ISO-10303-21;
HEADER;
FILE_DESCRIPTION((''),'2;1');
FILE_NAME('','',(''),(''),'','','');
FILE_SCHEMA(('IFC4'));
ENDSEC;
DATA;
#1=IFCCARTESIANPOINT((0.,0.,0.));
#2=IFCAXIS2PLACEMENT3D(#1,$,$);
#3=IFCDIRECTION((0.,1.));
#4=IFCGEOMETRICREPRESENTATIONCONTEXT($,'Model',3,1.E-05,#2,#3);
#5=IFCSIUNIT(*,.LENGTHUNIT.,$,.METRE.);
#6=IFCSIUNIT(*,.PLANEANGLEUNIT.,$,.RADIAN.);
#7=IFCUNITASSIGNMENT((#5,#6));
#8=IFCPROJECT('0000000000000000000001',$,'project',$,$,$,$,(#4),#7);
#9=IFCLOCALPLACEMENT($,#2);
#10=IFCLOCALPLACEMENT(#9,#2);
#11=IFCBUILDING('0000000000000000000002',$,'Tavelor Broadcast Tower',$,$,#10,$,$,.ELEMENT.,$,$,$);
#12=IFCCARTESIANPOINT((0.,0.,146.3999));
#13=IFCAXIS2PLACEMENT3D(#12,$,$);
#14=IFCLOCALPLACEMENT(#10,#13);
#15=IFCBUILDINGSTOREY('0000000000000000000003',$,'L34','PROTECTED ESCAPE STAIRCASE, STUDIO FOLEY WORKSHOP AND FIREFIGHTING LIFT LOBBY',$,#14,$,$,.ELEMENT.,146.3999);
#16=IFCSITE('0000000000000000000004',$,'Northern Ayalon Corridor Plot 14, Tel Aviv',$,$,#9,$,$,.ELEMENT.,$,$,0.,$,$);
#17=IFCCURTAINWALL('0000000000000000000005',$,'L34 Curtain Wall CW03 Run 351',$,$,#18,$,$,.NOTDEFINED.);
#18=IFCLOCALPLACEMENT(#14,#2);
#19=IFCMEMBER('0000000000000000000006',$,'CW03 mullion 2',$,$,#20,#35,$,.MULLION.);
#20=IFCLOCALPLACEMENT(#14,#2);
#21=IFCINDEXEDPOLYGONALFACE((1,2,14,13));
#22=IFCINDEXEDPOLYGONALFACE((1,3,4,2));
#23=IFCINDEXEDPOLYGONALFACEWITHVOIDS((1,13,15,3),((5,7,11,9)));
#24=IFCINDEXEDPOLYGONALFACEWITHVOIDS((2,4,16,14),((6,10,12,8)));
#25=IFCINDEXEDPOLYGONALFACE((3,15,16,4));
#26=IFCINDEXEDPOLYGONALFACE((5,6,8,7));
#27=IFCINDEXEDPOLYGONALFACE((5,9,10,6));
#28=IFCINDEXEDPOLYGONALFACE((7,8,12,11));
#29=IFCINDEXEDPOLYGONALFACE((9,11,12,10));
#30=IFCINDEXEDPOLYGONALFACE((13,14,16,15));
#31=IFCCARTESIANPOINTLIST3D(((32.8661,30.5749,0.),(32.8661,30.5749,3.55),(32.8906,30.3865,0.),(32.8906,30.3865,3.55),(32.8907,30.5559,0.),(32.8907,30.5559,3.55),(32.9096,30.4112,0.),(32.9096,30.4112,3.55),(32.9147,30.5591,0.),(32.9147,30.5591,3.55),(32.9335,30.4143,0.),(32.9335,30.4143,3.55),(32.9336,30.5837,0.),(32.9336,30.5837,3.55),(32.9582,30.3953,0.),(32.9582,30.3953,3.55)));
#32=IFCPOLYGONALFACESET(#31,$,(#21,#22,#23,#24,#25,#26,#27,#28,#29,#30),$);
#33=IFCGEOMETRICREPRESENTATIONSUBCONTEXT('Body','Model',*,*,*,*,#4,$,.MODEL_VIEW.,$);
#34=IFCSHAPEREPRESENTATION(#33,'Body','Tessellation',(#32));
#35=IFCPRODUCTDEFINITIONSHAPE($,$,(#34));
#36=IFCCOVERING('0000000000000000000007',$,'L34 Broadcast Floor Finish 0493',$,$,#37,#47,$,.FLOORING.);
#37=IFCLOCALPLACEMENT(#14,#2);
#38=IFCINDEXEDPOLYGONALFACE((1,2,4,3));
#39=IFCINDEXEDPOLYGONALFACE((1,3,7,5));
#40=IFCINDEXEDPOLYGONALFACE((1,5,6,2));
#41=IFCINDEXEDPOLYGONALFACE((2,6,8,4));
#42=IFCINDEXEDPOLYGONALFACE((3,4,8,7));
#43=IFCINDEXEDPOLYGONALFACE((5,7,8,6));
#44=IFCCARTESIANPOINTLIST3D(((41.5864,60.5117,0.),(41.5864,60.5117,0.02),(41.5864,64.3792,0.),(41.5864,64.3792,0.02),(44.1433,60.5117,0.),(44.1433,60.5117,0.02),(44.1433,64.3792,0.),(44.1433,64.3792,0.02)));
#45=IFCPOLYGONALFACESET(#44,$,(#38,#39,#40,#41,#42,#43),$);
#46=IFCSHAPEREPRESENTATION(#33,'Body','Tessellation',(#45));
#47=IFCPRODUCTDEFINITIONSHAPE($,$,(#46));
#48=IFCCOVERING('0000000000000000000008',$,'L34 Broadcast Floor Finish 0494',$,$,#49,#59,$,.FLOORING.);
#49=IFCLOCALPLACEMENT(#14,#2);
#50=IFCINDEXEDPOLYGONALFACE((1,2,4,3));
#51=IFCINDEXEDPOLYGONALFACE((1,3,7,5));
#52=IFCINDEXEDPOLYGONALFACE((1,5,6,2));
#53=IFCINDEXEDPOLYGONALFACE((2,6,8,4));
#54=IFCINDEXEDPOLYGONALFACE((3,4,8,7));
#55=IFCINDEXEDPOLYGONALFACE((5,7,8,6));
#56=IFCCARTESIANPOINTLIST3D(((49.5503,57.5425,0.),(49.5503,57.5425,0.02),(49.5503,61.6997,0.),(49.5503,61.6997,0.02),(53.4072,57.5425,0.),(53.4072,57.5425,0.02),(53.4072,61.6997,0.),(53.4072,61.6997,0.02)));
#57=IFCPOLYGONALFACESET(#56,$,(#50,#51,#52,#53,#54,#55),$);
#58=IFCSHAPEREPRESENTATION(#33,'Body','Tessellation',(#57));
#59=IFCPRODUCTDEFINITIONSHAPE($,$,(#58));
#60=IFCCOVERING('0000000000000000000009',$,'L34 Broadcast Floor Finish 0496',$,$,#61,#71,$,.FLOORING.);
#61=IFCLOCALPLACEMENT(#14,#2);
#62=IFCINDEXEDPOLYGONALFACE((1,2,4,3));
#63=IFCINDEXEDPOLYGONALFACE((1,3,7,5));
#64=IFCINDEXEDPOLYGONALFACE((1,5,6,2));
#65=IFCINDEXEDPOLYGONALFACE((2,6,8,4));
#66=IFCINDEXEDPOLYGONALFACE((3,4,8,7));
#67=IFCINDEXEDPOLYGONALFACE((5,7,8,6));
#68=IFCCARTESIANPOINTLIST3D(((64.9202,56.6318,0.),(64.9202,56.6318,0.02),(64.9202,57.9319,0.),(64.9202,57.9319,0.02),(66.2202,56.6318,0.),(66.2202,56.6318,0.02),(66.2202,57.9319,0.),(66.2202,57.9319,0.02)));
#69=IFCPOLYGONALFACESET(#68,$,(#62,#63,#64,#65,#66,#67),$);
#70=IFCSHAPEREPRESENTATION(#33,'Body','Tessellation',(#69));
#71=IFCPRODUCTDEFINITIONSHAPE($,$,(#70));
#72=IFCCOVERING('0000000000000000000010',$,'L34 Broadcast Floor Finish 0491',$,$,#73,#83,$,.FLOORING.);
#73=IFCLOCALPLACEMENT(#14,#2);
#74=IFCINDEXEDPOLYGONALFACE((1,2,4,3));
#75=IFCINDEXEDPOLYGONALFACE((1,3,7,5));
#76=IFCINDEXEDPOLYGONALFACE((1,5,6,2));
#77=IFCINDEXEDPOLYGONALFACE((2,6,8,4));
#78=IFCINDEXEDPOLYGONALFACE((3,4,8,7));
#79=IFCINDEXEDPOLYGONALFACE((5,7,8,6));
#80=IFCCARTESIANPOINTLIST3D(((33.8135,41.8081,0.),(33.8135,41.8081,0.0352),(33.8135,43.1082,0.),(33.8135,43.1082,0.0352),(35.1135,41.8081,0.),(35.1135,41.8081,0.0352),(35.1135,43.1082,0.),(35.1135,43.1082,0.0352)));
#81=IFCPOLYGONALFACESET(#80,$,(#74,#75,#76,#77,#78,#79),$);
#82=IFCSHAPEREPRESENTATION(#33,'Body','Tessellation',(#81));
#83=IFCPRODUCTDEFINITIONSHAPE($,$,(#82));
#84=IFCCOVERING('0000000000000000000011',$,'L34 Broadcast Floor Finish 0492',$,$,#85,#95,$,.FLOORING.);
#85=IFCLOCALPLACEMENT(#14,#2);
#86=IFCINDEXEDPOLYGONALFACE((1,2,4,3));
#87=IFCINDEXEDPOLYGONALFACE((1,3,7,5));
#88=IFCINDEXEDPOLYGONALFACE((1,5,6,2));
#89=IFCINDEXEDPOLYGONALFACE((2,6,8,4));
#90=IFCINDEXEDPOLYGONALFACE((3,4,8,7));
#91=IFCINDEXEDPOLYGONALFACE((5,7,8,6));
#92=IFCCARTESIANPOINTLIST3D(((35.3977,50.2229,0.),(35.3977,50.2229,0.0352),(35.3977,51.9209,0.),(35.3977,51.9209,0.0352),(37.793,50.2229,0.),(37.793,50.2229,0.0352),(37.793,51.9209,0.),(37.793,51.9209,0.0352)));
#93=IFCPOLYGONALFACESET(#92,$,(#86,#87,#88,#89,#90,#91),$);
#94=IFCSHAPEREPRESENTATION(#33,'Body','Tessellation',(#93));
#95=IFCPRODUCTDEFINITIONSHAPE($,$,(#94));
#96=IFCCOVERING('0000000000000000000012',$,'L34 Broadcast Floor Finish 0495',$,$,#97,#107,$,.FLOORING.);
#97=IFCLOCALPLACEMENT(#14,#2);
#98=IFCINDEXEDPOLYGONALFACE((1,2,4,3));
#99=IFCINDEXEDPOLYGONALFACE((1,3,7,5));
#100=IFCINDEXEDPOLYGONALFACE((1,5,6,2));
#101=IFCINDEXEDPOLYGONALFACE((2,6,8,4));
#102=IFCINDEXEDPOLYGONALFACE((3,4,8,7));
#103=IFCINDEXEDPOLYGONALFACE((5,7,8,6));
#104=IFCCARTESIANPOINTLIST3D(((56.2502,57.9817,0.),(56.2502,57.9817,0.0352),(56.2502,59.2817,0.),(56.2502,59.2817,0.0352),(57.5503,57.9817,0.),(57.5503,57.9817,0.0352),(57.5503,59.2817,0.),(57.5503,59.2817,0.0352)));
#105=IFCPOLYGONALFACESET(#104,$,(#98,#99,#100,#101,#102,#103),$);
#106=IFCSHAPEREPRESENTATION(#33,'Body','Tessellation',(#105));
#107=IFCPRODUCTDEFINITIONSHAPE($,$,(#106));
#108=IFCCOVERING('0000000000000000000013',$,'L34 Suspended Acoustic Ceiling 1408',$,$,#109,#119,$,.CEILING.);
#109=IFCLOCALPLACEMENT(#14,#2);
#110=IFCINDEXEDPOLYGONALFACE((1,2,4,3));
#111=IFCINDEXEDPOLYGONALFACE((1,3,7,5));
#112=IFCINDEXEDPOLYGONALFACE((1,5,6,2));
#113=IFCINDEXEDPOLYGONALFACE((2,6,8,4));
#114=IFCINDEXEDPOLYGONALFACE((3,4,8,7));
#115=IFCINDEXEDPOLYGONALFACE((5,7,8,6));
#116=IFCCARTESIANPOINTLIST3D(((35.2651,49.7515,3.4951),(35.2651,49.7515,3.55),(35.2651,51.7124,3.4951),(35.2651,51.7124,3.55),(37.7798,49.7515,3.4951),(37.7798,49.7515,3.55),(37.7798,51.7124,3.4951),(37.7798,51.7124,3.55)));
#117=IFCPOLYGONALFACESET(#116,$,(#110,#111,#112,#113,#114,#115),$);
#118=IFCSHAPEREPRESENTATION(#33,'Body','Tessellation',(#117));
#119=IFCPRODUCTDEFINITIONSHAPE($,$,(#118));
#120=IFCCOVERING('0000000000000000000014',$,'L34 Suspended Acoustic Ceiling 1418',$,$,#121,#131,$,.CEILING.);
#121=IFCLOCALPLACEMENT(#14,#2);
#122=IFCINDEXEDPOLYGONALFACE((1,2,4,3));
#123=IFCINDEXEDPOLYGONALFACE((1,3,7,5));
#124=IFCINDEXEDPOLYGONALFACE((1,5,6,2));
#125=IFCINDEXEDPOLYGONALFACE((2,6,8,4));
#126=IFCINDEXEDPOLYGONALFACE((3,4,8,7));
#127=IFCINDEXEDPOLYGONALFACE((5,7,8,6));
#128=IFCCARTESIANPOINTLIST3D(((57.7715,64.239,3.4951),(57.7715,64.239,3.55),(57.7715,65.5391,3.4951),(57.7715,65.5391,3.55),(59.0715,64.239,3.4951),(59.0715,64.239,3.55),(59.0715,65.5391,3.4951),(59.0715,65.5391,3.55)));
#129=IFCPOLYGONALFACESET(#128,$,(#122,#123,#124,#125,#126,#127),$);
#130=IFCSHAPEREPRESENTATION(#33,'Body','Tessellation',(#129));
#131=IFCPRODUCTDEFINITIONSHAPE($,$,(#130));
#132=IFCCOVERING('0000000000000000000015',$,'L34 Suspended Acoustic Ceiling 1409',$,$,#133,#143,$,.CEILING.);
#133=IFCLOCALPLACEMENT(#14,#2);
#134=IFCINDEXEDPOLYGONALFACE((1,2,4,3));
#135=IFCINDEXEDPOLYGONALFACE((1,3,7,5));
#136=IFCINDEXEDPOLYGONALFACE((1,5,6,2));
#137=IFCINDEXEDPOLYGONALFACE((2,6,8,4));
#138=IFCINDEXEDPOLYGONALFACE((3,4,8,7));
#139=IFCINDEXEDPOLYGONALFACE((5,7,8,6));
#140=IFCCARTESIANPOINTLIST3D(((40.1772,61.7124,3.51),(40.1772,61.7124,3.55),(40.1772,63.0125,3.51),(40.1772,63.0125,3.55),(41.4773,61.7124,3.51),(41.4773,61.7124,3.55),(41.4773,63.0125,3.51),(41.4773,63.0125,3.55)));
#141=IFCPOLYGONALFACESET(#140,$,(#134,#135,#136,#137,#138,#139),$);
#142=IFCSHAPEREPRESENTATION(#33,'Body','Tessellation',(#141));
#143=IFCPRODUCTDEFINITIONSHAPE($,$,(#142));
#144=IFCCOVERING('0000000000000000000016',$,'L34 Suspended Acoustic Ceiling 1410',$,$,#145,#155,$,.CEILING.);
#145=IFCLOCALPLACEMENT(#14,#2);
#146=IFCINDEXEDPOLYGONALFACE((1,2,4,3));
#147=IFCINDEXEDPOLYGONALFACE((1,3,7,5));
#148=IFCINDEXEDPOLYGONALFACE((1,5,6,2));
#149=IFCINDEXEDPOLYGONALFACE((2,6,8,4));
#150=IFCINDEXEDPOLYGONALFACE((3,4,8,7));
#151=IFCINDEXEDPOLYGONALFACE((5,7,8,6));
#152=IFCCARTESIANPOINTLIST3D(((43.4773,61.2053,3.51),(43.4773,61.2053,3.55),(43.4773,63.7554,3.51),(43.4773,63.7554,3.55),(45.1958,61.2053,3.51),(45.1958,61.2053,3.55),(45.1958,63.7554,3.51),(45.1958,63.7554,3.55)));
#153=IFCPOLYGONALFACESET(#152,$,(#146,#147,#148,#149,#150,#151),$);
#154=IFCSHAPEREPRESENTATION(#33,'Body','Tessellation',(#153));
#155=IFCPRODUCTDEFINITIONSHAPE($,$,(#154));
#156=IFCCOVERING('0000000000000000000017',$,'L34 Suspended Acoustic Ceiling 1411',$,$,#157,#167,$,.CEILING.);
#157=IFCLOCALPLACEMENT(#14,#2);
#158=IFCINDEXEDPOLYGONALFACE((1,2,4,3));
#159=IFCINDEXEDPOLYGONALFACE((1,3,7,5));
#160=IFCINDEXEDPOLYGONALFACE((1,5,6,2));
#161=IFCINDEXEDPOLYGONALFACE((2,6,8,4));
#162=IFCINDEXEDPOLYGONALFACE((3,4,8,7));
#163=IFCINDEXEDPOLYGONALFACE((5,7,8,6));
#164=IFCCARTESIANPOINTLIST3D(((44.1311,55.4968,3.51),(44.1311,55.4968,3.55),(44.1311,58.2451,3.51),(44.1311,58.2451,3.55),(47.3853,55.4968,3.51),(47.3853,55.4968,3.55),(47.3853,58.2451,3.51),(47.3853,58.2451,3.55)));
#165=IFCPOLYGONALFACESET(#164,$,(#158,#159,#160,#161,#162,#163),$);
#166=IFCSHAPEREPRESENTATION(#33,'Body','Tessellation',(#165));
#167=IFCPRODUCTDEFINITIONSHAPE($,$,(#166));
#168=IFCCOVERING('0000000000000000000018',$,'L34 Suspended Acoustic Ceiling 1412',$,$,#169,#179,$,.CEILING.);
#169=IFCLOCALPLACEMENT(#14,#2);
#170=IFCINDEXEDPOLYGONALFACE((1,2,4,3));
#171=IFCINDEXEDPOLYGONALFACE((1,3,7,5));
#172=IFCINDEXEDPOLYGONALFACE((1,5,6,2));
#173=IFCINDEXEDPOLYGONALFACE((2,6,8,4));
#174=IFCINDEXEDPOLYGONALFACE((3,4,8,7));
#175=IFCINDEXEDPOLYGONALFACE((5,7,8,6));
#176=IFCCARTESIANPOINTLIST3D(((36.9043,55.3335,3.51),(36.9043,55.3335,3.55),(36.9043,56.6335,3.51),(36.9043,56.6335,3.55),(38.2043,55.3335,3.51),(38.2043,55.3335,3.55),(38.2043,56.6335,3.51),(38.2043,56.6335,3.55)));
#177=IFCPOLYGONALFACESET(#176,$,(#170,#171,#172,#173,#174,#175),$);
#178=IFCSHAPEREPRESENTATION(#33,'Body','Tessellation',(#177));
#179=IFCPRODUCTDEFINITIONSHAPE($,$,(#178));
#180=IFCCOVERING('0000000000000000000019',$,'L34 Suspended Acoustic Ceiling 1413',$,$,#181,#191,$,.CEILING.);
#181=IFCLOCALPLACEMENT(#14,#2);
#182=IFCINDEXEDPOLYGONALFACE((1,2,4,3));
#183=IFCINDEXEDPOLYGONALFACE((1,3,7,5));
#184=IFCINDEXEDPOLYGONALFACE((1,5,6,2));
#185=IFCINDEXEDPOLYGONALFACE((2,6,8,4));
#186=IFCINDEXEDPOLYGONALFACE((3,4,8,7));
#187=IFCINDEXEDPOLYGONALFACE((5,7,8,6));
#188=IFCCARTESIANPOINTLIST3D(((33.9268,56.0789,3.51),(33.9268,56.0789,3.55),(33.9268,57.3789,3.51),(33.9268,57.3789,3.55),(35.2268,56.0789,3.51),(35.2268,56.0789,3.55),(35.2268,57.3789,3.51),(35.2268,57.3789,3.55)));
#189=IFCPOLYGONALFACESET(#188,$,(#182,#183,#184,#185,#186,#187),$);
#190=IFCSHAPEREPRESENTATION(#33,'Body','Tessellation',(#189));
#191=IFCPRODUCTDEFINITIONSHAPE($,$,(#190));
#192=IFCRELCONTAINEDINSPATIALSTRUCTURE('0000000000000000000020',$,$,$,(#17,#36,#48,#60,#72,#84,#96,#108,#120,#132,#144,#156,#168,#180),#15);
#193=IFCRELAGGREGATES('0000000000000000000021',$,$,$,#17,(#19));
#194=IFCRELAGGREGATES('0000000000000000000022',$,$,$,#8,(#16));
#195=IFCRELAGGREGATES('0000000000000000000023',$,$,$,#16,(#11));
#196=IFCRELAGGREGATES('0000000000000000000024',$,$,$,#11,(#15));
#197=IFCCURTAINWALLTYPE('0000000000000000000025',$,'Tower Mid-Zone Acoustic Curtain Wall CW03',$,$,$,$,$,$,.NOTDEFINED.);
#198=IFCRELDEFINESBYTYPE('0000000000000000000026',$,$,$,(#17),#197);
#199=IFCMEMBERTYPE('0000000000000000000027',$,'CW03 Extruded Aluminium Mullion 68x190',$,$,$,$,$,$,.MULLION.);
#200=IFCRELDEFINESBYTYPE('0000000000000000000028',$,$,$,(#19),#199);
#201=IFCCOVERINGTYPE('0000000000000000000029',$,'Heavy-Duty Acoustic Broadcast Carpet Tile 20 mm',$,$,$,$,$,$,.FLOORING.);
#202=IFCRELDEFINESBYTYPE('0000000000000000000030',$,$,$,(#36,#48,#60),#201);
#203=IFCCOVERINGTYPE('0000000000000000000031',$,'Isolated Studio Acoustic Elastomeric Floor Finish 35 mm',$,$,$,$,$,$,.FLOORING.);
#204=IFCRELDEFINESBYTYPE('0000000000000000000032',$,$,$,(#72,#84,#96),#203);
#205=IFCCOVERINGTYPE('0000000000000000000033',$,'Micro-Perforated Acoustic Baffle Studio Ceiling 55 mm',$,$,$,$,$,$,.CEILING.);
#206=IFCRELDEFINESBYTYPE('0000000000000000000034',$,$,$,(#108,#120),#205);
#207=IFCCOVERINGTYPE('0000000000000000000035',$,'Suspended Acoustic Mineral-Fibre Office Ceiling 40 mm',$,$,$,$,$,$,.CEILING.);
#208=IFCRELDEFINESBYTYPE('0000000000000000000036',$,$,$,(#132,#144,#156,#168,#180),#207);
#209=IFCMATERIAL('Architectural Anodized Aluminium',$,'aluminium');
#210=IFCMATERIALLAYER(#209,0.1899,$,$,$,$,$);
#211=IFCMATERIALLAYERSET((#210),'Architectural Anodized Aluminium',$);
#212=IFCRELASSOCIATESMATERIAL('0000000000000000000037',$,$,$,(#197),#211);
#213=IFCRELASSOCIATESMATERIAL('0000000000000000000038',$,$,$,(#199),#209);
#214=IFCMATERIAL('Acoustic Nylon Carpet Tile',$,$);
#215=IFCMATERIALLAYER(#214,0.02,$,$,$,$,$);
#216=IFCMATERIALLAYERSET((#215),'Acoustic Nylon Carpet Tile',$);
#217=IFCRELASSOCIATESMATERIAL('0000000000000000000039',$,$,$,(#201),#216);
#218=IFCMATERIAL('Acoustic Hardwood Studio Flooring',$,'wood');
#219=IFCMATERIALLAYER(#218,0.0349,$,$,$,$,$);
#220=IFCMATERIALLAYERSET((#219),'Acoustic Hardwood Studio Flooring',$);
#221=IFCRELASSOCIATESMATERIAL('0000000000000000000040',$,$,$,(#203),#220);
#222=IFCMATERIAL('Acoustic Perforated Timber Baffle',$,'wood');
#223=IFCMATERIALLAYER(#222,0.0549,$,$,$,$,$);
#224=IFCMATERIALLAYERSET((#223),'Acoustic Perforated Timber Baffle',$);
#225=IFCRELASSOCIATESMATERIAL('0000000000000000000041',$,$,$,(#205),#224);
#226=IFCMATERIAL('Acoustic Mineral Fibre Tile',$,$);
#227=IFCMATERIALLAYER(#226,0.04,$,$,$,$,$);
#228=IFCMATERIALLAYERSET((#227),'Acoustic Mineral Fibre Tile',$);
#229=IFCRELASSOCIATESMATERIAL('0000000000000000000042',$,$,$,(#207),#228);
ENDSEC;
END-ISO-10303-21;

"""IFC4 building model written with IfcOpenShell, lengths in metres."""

from ifc_helpers import new_model, si_unit, direction, frame, origin, origin_2d, place, context, subcontext, project, spatial, polyline, hollow_rectangle, outline, extrude, source, transform, mapped, material, layer, layer_set, material_profile, profile_set, type_object, type_shapes, element, aggregate, save


model = new_model("IFC4")

# Units and contexts
model_context = context("Model", 3, precision=1e-05, world=origin(), true_north=direction((0.0, 1.0)))
body_context = subcontext(model_context, "Body", "Model", "MODEL_VIEW")
ifc_project = project(units=[si_unit("LENGTHUNIT", "METRE"), si_unit("PLANEANGLEUNIT", "RADIAN")], contexts=[model_context])

# Site, building, storey
site_placement = place(None, origin())
site = spatial("IfcSite", under=ifc_project, at=site_placement, Name="Northern Ayalon Corridor Plot 14, Tel Aviv", CompositionType="ELEMENT", RefElevation=0.0)
building_placement = place(site_placement, origin())
building = spatial("IfcBuilding", under=site, at=building_placement, Name="Tavelor Broadcast Tower", CompositionType="ELEMENT")
storey_placement = place(building_placement, frame((0.0, 0.0, 146.3999)))
storey = spatial("IfcBuildingStorey", under=building, at=storey_placement, Name="L34", Description="PROTECTED ESCAPE STAIRCASE, STUDIO FOLEY WORKSHOP AND FIREFIGHTING LIFT LOBBY", CompositionType="ELEMENT", Elevation=146.3999)

# Curtain wall, member
ifc_material_1 = material(Name="Architectural Anodized Aluminium", Category="aluminium")
ifc_layer_1 = layer(ifc_material_1, 0.1899)
ifc_layer_set_1 = layer_set([ifc_layer_1], Name="Architectural Anodized Aluminium")
curtain_wall_type = type_object("IfcCurtainWallType", Name="Tower Mid-Zone Acoustic Curtain Wall CW03", PredefinedType="NOTDEFINED", material=ifc_layer_set_1)
curtain_wall_placement = place(storey_placement, origin())
curtain_wall = element("IfcCurtainWall", 1, at=curtain_wall_placement, inside=storey, type_object=curtain_wall_type, Name="L34 Curtain Wall CW03 Run 351", PredefinedType="NOTDEFINED")
ifc_material_profile = material_profile(ifc_material_1, hollow_rectangle(XDim=0.0681, YDim=0.1899, WallThickness=0.022, at=origin_2d()), Name="RHS 68x190x22")
ifc_profile_set = profile_set([ifc_material_profile], Name="Architectural Anodized Aluminium")
member_type = type_object("IfcMemberType", Name="CW03 Extruded Aluminium Mullion 68x190", PredefinedType="MULLION", material=ifc_profile_set)
shared_shape_1 = source(origin(), body_context, "Body", "SweptSolid", [
    extrude(hollow_rectangle(XDim=0.0681, YDim=0.1899, WallThickness=0.022, at=origin_2d()), origin(), (0.0, 0.0, 1.0), 3.55),
])
type_shapes(member_type, [shared_shape_1])
member_placement = place(storey_placement, frame((32.9121, 30.4851, 0.0), z_axis=(0.0, 0.0, 1.0), x_axis=(0.991614, 0.129236, 0.0)))
member = element("IfcMember", 2, at=member_placement, type_object=member_type, Name="CW03 mullion 2", PredefinedType="MULLION", context=body_context, shape_type="MappedRepresentation", body=[
    mapped(shared_shape_1, transform((0.0, 0.0, 0.0), scale=1.0)),
])
aggregate(curtain_wall, [member])

# Coverings
ifc_material_2 = material(Name="Acoustic Nylon Carpet Tile")
ifc_layer_2 = layer(ifc_material_2, 0.02)
ifc_layer_set_2 = layer_set([ifc_layer_2], Name="Acoustic Nylon Carpet Tile")
covering_type_1 = type_object("IfcCoveringType", Name="Heavy-Duty Acoustic Broadcast Carpet Tile 20 mm", PredefinedType="FLOORING", material=ifc_layer_set_2)
covering_1_placement = place(storey_placement, origin())
element("IfcCovering", 3, at=covering_1_placement, inside=storey, type_object=covering_type_1, Name="L34 Broadcast Floor Finish 0493", PredefinedType="FLOORING", context=body_context, shape_type="SweptSolid", body=[
    extrude(outline(polyline([(41.5864, 60.5117), (44.1433, 60.5117), (44.1433, 64.3792), (41.5864, 64.3792), (41.5864, 60.5117)])), origin(), (0.0, 0.0, 1.0), 0.02),
])
covering_2_placement = place(storey_placement, origin())
element("IfcCovering", 4, at=covering_2_placement, inside=storey, type_object=covering_type_1, Name="L34 Broadcast Floor Finish 0494", PredefinedType="FLOORING", context=body_context, shape_type="SweptSolid", body=[
    extrude(outline(polyline([(49.5503, 57.5425), (53.4072, 57.5425), (53.4072, 61.6997), (49.5503, 61.6997), (49.5503, 57.5425)])), origin(), (0.0, 0.0, 1.0), 0.02),
])
covering_3_placement = place(storey_placement, origin())
element("IfcCovering", 5, at=covering_3_placement, inside=storey, type_object=covering_type_1, Name="L34 Broadcast Floor Finish 0496", PredefinedType="FLOORING", context=body_context, shape_type="SweptSolid", body=[
    extrude(outline(polyline([(64.9202, 56.6318), (66.2202, 56.6318), (66.2202, 57.9319), (64.9202, 57.9319), (64.9202, 56.6318)])), origin(), (0.0, 0.0, 1.0), 0.02),
])
ifc_material_3 = material(Name="Acoustic Hardwood Studio Flooring", Category="wood")
ifc_layer_3 = layer(ifc_material_3, 0.0349)
ifc_layer_set_3 = layer_set([ifc_layer_3], Name="Acoustic Hardwood Studio Flooring")
covering_type_2 = type_object("IfcCoveringType", Name="Isolated Studio Acoustic Elastomeric Floor Finish 35 mm", PredefinedType="FLOORING", material=ifc_layer_set_3)
covering_4_placement = place(storey_placement, origin())
element("IfcCovering", 6, at=covering_4_placement, inside=storey, type_object=covering_type_2, Name="L34 Broadcast Floor Finish 0491", PredefinedType="FLOORING", context=body_context, shape_type="SweptSolid", body=[
    extrude(outline(polyline([(33.8135, 41.8081), (35.1135, 41.8081), (35.1135, 43.1082), (33.8135, 43.1082), (33.8135, 41.8081)])), origin(), (0.0, 0.0, 1.0), 0.0352),
])
covering_5_placement = place(storey_placement, origin())
element("IfcCovering", 7, at=covering_5_placement, inside=storey, type_object=covering_type_2, Name="L34 Broadcast Floor Finish 0492", PredefinedType="FLOORING", context=body_context, shape_type="SweptSolid", body=[
    extrude(outline(polyline([(35.3977, 50.2229), (37.793, 50.2229), (37.793, 51.9209), (35.3977, 51.9209), (35.3977, 50.2229)])), origin(), (0.0, 0.0, 1.0), 0.0352),
])
covering_6_placement = place(storey_placement, origin())
element("IfcCovering", 8, at=covering_6_placement, inside=storey, type_object=covering_type_2, Name="L34 Broadcast Floor Finish 0495", PredefinedType="FLOORING", context=body_context, shape_type="SweptSolid", body=[
    extrude(outline(polyline([(56.2502, 57.9817), (57.5503, 57.9817), (57.5503, 59.2817), (56.2502, 59.2817), (56.2502, 57.9817)])), origin(), (0.0, 0.0, 1.0), 0.0352),
])
ifc_material_4 = material(Name="Acoustic Perforated Timber Baffle", Category="wood")
ifc_layer_4 = layer(ifc_material_4, 0.0549)
ifc_layer_set_4 = layer_set([ifc_layer_4], Name="Acoustic Perforated Timber Baffle")
covering_type_3 = type_object("IfcCoveringType", Name="Micro-Perforated Acoustic Baffle Studio Ceiling 55 mm", PredefinedType="CEILING", material=ifc_layer_set_4)
covering_7_placement = place(storey_placement, frame((0.0, 0.0, 3.4951)))
element("IfcCovering", 9, at=covering_7_placement, inside=storey, type_object=covering_type_3, Name="L34 Suspended Acoustic Ceiling 1408", PredefinedType="CEILING", context=body_context, shape_type="SweptSolid", body=[
    extrude(outline(polyline([(35.2651, 49.7515), (37.7798, 49.7515), (37.7798, 51.7124), (35.2651, 51.7124), (35.2651, 49.7515)])), origin(), (0.0, 0.0, 1.0), 0.0549),
])
covering_8_placement = place(storey_placement, frame((0.0, 0.0, 3.4951)))
element("IfcCovering", 10, at=covering_8_placement, inside=storey, type_object=covering_type_3, Name="L34 Suspended Acoustic Ceiling 1418", PredefinedType="CEILING", context=body_context, shape_type="SweptSolid", body=[
    extrude(outline(polyline([(57.7715, 64.239), (59.0715, 64.239), (59.0715, 65.5391), (57.7715, 65.5391), (57.7715, 64.239)])), origin(), (0.0, 0.0, 1.0), 0.0549),
])
ifc_material_5 = material(Name="Acoustic Mineral Fibre Tile")
ifc_layer_5 = layer(ifc_material_5, 0.04)
ifc_layer_set_5 = layer_set([ifc_layer_5], Name="Acoustic Mineral Fibre Tile")
covering_type_4 = type_object("IfcCoveringType", Name="Suspended Acoustic Mineral-Fibre Office Ceiling 40 mm", PredefinedType="CEILING", material=ifc_layer_set_5)
covering_9_placement = place(storey_placement, frame((0.0, 0.0, 3.51)))
element("IfcCovering", 11, at=covering_9_placement, inside=storey, type_object=covering_type_4, Name="L34 Suspended Acoustic Ceiling 1409", PredefinedType="CEILING", context=body_context, shape_type="SweptSolid", body=[
    extrude(outline(polyline([(40.1772, 61.7124), (41.4773, 61.7124), (41.4773, 63.0125), (40.1772, 63.0125), (40.1772, 61.7124)])), origin(), (0.0, 0.0, 1.0), 0.04),
])
covering_10_placement = place(storey_placement, frame((0.0, 0.0, 3.51)))
element("IfcCovering", 12, at=covering_10_placement, inside=storey, type_object=covering_type_4, Name="L34 Suspended Acoustic Ceiling 1410", PredefinedType="CEILING", context=body_context, shape_type="SweptSolid", body=[
    extrude(outline(polyline([(43.4773, 61.2053), (45.1958, 61.2053), (45.1958, 63.7554), (43.4773, 63.7554), (43.4773, 61.2053)])), origin(), (0.0, 0.0, 1.0), 0.04),
])
covering_11_placement = place(storey_placement, frame((0.0, 0.0, 3.51)))
element("IfcCovering", 13, at=covering_11_placement, inside=storey, type_object=covering_type_4, Name="L34 Suspended Acoustic Ceiling 1411", PredefinedType="CEILING", context=body_context, shape_type="SweptSolid", body=[
    extrude(outline(polyline([(44.1311, 55.4968), (47.3853, 55.4968), (47.3853, 58.2451), (44.1311, 58.2451), (44.1311, 55.4968)])), origin(), (0.0, 0.0, 1.0), 0.04),
])
covering_12_placement = place(storey_placement, frame((0.0, 0.0, 3.51)))
element("IfcCovering", 14, at=covering_12_placement, inside=storey, type_object=covering_type_4, Name="L34 Suspended Acoustic Ceiling 1412", PredefinedType="CEILING", context=body_context, shape_type="SweptSolid", body=[
    extrude(outline(polyline([(36.9043, 55.3335), (38.2043, 55.3335), (38.2043, 56.6335), (36.9043, 56.6335), (36.9043, 55.3335)])), origin(), (0.0, 0.0, 1.0), 0.04),
])
covering_13_placement = place(storey_placement, frame((0.0, 0.0, 3.51)))
element("IfcCovering", 15, at=covering_13_placement, inside=storey, type_object=covering_type_4, Name="L34 Suspended Acoustic Ceiling 1413", PredefinedType="CEILING", context=body_context, shape_type="SweptSolid", body=[
    extrude(outline(polyline([(33.9268, 56.0789), (35.2268, 56.0789), (35.2268, 57.3789), (33.9268, 57.3789), (33.9268, 56.0789)])), origin(), (0.0, 0.0, 1.0), 0.04),
])

save(model, "model.ifc")
